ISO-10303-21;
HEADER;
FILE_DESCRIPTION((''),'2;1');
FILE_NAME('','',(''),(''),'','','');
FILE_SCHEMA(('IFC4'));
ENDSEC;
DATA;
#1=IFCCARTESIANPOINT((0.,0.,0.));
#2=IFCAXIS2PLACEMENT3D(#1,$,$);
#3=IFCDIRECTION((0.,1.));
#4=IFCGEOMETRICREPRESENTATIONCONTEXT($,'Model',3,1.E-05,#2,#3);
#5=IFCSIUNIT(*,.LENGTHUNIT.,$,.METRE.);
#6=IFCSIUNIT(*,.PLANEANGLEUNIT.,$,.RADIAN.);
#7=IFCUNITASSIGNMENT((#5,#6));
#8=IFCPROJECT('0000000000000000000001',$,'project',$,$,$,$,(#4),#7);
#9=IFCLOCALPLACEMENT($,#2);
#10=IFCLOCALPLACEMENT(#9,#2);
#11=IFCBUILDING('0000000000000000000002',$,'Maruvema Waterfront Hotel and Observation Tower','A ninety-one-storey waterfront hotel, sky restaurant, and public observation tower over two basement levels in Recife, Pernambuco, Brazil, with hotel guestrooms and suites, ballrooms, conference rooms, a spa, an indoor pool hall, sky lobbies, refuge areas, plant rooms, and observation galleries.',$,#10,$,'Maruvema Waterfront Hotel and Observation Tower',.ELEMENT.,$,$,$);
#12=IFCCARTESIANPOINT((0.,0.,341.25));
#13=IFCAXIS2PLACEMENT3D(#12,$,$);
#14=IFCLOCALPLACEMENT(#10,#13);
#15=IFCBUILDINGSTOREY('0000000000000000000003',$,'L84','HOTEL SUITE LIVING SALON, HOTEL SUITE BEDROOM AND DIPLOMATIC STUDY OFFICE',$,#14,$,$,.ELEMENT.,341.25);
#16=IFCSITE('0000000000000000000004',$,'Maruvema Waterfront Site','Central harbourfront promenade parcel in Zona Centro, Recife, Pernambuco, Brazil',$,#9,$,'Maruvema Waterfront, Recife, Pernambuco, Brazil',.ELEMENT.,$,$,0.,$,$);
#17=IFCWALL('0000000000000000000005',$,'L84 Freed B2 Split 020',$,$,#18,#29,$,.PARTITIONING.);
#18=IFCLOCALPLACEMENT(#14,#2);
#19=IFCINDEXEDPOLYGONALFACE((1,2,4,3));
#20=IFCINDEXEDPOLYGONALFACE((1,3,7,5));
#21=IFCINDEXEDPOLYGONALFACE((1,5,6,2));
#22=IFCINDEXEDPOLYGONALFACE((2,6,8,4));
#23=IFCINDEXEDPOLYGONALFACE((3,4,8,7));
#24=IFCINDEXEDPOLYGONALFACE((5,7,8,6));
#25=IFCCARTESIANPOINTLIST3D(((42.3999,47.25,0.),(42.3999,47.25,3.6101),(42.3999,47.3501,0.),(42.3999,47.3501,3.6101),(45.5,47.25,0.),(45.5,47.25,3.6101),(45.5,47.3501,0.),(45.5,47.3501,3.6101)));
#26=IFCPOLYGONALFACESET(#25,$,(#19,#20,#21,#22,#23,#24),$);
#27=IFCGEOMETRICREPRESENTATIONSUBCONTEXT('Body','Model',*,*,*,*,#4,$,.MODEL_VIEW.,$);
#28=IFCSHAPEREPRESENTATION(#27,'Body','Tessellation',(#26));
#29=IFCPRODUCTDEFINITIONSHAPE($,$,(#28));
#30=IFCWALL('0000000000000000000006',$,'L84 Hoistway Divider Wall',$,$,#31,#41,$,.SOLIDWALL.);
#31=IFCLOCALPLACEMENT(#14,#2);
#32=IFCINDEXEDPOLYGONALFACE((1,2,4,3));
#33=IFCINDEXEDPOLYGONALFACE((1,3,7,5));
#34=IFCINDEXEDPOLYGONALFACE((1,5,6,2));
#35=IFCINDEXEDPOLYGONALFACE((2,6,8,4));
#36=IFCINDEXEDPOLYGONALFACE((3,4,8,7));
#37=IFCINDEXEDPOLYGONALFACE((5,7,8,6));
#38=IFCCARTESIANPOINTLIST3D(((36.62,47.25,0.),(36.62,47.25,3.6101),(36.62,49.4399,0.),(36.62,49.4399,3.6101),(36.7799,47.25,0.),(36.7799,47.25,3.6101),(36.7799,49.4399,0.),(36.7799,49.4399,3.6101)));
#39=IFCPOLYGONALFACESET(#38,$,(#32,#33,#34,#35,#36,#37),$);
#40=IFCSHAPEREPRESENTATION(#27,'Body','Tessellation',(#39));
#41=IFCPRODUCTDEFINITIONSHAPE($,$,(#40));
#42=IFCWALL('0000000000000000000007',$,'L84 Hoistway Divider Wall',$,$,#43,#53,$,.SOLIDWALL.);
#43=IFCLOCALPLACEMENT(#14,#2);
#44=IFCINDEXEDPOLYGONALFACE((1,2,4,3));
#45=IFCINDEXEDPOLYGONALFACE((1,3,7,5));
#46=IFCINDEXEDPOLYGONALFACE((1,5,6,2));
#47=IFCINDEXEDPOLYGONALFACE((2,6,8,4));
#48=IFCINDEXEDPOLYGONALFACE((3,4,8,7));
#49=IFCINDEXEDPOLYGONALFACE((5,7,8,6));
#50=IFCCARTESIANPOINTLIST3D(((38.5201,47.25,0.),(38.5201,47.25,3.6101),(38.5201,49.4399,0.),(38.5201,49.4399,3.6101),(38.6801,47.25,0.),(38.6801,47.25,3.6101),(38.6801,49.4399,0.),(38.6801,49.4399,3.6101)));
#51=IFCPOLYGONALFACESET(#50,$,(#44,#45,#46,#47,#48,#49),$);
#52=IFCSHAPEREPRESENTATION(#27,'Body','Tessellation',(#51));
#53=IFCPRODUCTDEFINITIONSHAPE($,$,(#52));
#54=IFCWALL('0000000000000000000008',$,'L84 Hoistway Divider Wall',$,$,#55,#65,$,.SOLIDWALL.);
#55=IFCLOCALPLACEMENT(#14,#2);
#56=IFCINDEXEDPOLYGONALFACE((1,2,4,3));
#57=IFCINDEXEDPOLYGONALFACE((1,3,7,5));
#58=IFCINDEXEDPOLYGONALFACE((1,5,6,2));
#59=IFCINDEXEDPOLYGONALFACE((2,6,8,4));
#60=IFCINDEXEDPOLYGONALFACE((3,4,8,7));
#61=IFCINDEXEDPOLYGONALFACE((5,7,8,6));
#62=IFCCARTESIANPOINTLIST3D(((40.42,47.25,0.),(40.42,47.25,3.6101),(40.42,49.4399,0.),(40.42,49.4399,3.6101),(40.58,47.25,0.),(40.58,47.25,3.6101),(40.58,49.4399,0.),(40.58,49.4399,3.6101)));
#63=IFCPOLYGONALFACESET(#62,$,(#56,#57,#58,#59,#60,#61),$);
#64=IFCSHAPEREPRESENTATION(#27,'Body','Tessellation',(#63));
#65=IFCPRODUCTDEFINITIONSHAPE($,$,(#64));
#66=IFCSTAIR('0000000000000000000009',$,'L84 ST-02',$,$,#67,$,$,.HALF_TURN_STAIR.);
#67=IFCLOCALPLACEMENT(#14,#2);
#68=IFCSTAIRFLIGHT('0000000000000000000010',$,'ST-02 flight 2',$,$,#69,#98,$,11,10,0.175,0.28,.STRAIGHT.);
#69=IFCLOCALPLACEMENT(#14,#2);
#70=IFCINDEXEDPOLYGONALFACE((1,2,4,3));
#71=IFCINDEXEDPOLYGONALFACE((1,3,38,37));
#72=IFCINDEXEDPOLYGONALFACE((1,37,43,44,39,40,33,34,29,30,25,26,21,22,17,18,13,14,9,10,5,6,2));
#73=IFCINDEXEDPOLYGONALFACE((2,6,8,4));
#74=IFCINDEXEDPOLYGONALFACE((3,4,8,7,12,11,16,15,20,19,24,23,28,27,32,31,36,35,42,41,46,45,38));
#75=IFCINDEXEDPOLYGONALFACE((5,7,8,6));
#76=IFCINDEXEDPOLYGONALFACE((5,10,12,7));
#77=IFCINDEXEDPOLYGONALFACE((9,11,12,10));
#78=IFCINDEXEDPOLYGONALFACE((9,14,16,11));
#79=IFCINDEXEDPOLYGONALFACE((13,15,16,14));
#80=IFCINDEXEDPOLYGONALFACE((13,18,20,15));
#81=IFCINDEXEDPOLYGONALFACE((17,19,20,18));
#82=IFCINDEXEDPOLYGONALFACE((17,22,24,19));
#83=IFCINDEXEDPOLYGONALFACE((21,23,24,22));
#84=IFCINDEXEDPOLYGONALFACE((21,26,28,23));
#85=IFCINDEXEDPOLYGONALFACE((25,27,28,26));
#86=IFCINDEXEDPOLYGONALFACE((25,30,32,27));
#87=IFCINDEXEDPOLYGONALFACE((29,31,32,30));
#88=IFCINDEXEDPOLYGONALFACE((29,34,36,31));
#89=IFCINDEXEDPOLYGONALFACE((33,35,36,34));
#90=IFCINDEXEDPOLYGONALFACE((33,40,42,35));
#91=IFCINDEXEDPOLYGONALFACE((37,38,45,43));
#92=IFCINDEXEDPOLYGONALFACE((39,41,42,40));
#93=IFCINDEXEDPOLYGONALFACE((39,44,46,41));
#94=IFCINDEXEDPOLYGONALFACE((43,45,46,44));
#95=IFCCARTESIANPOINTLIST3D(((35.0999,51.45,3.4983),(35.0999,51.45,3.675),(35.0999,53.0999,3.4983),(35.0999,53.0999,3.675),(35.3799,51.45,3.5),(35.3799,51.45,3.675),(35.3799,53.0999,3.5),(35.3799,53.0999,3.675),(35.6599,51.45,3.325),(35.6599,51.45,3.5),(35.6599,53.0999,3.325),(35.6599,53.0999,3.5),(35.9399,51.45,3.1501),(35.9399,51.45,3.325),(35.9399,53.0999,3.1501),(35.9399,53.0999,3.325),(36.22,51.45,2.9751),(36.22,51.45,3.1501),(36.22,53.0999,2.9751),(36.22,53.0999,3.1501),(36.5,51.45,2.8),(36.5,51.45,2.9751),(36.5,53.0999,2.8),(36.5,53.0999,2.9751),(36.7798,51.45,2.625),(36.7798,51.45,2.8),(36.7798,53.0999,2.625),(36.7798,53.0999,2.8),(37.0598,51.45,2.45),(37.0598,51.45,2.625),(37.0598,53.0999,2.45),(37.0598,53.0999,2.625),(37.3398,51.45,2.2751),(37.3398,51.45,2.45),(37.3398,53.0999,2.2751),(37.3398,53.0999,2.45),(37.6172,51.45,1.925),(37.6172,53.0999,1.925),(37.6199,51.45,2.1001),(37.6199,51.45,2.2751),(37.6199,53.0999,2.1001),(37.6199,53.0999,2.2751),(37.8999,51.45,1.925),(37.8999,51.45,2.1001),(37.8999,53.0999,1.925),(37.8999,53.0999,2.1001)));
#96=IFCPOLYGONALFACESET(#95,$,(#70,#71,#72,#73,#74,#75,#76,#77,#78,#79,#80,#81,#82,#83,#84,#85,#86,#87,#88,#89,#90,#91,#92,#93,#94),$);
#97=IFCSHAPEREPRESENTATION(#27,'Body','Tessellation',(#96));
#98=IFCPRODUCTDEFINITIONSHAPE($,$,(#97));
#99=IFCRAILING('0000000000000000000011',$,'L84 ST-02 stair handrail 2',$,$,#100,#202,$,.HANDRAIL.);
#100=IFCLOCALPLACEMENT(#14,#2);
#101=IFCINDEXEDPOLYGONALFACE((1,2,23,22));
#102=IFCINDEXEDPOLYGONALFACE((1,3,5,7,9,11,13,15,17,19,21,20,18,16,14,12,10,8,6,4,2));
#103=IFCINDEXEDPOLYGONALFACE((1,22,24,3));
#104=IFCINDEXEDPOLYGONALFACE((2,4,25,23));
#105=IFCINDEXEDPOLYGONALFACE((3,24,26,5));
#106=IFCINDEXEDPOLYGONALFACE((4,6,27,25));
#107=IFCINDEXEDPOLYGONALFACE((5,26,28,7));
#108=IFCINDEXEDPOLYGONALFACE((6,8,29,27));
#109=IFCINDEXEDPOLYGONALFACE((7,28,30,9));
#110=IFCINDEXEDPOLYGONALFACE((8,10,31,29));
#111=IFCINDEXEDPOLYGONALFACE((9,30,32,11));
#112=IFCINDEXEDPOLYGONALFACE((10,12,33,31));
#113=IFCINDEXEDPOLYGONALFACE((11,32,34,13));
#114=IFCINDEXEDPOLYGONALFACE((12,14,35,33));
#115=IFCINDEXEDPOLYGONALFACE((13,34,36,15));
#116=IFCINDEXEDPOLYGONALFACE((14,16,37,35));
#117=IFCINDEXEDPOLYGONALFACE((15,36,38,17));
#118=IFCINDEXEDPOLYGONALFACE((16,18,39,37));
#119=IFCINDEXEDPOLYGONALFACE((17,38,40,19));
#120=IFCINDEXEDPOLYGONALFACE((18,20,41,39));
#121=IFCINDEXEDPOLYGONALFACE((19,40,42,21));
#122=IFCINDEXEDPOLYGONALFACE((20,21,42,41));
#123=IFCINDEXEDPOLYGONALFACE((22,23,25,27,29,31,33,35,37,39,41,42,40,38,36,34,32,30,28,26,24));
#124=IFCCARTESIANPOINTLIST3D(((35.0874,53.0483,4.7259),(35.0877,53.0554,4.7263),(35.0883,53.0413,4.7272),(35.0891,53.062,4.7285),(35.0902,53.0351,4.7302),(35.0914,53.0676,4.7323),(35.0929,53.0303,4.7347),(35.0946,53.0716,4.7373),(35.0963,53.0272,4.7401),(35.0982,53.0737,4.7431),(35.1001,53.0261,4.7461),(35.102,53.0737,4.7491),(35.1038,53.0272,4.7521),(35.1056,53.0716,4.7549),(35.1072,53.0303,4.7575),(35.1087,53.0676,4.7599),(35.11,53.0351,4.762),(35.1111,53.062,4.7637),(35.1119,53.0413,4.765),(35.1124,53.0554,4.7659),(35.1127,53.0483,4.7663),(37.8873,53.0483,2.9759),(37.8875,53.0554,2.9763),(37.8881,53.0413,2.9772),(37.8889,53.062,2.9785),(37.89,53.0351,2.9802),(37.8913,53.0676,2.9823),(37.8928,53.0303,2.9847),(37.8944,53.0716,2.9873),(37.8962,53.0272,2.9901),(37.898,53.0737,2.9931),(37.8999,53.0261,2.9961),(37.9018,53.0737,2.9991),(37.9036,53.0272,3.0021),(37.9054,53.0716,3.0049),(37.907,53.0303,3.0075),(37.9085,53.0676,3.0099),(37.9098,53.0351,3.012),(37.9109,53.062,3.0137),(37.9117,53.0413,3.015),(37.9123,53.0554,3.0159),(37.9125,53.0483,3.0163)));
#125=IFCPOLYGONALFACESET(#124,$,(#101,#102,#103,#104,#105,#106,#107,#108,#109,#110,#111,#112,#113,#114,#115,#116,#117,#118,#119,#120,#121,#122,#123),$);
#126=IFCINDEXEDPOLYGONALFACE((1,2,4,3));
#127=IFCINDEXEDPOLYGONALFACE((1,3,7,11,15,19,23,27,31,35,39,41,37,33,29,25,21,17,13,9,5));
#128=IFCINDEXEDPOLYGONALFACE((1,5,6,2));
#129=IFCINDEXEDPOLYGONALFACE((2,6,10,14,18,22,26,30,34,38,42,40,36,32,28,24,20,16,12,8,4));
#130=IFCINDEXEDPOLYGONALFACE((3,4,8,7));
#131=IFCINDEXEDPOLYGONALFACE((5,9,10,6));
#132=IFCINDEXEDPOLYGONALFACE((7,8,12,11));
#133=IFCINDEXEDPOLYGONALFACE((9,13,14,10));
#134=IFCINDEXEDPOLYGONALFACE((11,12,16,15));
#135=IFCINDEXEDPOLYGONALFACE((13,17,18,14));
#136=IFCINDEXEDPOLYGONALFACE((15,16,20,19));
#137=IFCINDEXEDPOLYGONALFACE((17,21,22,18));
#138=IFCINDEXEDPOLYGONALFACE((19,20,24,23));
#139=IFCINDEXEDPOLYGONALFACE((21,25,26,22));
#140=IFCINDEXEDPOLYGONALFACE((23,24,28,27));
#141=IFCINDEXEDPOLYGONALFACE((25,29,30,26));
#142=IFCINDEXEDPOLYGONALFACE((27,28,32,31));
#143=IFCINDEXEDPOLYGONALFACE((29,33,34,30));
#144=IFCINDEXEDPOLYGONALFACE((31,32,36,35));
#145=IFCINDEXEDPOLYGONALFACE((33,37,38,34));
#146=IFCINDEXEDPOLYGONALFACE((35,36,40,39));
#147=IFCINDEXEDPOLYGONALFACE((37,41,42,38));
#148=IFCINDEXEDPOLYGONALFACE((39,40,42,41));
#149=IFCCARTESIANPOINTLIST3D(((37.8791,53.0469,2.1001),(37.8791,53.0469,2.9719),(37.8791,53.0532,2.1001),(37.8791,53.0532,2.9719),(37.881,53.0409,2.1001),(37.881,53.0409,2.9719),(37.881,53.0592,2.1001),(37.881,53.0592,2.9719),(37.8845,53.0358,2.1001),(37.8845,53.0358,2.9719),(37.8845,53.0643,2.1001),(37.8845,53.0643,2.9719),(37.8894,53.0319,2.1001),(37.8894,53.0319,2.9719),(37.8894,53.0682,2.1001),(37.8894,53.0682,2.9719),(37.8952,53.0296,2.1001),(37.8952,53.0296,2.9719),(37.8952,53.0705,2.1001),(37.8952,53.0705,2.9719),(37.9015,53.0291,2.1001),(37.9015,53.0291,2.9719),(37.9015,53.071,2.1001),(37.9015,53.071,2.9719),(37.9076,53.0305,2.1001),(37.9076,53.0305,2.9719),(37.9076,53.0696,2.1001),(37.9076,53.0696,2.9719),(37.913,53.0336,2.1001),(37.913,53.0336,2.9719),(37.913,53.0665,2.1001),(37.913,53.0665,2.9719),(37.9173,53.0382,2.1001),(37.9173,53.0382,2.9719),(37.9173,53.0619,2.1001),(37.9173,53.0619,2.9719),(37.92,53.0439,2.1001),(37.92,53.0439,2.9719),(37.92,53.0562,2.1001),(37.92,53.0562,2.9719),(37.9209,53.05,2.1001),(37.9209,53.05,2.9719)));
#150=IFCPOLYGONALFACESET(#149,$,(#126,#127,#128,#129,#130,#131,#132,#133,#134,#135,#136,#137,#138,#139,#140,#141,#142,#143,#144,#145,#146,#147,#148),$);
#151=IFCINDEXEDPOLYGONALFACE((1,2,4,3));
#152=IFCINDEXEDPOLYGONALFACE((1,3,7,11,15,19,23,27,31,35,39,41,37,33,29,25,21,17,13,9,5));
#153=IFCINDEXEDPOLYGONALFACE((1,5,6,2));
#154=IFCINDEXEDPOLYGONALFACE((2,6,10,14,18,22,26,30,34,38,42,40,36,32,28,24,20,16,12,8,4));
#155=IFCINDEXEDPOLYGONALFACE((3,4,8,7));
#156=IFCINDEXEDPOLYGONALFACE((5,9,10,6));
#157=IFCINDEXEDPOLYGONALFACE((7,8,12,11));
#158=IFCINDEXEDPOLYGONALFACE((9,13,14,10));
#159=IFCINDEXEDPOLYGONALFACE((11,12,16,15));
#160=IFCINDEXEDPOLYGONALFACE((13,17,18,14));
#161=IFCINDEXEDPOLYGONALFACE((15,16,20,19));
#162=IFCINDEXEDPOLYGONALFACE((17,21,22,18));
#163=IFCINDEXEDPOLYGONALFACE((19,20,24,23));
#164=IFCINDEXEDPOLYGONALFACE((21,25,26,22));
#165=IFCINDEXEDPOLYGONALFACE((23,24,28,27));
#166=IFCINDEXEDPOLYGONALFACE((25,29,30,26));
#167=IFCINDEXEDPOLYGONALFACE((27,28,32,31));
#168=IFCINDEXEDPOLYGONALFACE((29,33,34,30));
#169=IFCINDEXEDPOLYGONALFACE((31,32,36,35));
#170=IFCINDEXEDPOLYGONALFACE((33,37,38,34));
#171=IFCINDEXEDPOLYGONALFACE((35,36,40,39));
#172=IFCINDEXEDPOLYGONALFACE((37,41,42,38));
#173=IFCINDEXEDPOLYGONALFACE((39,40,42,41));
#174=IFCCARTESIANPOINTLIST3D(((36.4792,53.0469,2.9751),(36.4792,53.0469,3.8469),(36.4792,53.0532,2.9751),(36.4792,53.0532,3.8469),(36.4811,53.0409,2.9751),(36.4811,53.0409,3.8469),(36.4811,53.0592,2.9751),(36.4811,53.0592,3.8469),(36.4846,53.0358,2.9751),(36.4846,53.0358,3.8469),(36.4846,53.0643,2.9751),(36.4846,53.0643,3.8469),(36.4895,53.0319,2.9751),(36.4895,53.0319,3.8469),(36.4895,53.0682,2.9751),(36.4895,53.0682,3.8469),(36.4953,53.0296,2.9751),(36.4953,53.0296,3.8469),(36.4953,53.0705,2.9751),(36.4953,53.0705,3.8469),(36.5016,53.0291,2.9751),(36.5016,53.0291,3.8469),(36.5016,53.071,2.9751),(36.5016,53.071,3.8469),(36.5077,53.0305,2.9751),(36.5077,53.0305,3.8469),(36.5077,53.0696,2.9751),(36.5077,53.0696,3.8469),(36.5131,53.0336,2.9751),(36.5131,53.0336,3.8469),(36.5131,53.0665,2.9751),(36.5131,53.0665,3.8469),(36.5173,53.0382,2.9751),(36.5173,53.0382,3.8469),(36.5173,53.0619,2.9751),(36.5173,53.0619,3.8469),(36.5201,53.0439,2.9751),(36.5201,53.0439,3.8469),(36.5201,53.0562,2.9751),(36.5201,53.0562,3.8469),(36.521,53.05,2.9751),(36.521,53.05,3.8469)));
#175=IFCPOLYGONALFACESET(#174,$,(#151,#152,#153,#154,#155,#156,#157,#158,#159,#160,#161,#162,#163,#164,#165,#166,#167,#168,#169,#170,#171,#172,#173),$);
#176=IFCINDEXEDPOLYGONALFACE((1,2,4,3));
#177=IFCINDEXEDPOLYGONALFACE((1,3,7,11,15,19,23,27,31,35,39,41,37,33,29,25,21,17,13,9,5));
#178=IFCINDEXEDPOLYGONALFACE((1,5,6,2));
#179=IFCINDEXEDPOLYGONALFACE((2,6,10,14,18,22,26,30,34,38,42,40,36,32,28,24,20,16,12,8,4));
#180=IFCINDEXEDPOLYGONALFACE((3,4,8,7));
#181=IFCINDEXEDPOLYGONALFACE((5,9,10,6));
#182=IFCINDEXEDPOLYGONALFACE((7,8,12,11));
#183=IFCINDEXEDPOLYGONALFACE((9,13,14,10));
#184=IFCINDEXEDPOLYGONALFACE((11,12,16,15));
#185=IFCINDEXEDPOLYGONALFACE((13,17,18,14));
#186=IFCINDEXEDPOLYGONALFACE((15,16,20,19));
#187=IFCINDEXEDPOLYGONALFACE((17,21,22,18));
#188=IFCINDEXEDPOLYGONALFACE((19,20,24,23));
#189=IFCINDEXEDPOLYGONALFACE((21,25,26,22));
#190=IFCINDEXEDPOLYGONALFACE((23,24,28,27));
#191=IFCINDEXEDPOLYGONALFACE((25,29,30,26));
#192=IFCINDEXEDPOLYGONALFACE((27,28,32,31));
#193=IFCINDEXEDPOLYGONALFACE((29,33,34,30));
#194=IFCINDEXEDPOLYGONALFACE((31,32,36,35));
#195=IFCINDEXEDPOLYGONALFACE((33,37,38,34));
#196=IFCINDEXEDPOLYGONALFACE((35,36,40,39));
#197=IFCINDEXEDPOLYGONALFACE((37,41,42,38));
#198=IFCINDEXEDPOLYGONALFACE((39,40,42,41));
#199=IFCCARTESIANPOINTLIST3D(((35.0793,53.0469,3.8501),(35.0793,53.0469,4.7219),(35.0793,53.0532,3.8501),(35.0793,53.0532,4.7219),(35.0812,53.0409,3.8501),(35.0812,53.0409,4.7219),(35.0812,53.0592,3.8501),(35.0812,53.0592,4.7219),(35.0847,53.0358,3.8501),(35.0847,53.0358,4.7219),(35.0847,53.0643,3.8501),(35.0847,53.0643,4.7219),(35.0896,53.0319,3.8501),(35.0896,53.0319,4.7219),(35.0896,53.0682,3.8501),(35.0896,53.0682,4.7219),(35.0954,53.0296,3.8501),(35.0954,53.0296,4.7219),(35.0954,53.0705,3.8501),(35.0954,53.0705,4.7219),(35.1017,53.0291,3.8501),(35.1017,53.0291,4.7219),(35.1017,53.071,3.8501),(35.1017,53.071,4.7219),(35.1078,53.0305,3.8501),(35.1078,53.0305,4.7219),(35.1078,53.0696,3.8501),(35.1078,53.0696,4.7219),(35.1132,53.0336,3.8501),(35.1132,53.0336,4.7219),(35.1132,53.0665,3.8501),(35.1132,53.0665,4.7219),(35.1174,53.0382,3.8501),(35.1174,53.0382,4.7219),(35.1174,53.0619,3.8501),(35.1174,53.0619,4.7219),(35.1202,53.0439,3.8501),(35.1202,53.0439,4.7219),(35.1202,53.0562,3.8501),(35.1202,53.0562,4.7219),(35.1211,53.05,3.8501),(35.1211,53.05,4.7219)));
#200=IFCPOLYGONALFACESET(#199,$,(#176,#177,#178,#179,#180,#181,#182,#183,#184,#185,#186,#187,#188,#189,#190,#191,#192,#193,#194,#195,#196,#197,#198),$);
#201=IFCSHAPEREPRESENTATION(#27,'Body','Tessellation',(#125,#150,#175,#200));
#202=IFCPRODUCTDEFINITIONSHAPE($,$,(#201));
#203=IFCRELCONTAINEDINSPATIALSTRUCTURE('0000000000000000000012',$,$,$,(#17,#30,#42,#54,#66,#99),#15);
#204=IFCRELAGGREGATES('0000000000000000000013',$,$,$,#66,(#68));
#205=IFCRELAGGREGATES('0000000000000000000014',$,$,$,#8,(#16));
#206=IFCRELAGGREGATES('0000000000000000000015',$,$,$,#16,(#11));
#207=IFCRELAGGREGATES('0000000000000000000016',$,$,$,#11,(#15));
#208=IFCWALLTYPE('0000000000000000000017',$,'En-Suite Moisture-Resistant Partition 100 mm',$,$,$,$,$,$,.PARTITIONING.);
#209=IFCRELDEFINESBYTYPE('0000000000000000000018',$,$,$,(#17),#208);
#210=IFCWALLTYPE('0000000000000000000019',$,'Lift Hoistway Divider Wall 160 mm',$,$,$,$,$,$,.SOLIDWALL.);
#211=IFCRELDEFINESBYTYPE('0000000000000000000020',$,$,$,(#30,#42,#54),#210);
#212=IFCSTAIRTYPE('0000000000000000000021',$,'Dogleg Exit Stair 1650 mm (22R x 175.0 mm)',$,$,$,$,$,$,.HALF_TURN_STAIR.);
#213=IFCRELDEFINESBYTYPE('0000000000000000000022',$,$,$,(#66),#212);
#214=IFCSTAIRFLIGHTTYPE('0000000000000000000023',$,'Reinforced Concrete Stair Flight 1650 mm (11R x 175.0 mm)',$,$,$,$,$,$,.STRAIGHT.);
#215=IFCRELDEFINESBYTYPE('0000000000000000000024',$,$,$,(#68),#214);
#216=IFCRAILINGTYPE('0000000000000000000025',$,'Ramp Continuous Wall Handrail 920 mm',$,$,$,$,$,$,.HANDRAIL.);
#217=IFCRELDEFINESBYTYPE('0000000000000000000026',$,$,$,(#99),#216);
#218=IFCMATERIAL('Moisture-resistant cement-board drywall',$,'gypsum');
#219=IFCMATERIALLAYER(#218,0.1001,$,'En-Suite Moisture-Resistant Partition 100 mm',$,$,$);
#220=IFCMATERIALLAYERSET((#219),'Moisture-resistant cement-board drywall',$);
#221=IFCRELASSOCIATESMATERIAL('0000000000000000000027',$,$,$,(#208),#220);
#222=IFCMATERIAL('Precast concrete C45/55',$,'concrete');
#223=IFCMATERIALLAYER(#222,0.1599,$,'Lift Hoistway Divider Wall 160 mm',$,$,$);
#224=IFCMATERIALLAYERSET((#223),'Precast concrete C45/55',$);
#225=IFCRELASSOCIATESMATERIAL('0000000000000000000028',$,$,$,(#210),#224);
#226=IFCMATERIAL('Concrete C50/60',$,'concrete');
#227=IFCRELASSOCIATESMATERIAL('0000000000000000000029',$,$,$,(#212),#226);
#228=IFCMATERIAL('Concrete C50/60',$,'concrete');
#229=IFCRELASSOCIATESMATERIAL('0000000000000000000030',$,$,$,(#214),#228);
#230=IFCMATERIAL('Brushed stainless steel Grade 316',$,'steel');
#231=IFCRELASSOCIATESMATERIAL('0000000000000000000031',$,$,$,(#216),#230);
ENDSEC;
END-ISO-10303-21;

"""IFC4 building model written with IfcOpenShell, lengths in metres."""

from ifc_helpers import new_model, si_unit, direction, frame, frame_2d, origin, origin_2d, place, context, subcontext, project, spatial, polyline, rectangle, circle, outline, extrude, material, layer, layer_set, type_object, element, aggregate, save


model = new_model("IFC4")

# Units and contexts
model_context = context("Model", 3, precision=1e-05, world=origin(), true_north=direction((0.0, 1.0)))
body_context = subcontext(model_context, "Body", "Model", "MODEL_VIEW")
ifc_project = project(units=[si_unit("LENGTHUNIT", "METRE"), si_unit("PLANEANGLEUNIT", "RADIAN")], contexts=[model_context])

# Site, building, storey
site_placement = place(None, origin())
site = spatial("IfcSite", under=ifc_project, at=site_placement, Name="Maruvema Waterfront Site", Description="Central harbourfront promenade parcel in Zona Centro, Recife, Pernambuco, Brazil", LongName="Maruvema Waterfront, Recife, Pernambuco, Brazil", CompositionType="ELEMENT", RefElevation=0.0)
building_placement = place(site_placement, origin())
building = spatial("IfcBuilding", under=site, at=building_placement, Name="Maruvema Waterfront Hotel and Observation Tower", Description="A ninety-one-storey waterfront hotel, sky restaurant, and public observation tower over two basement levels in Recife, Pernambuco, Brazil, with hotel guestrooms and suites, ballrooms, conference rooms, a spa, an indoor pool hall, sky lobbies, refuge areas, plant rooms, and observation galleries.", LongName="Maruvema Waterfront Hotel and Observation Tower", CompositionType="ELEMENT")
storey_placement = place(building_placement, frame((0.0, 0.0, 341.25)))
storey = spatial("IfcBuildingStorey", under=building, at=storey_placement, Name="L84", Description="HOTEL SUITE LIVING SALON, HOTEL SUITE BEDROOM AND DIPLOMATIC STUDY OFFICE", CompositionType="ELEMENT", Elevation=341.25)

# Shared definitions
ifc_material_1 = material(Name="Moisture-resistant cement-board drywall", Category="gypsum")
ifc_layer_1 = layer(ifc_material_1, 0.1001, Name="En-Suite Moisture-Resistant Partition 100 mm")
ifc_layer_set_1 = layer_set([ifc_layer_1], Name="Moisture-resistant cement-board drywall")
wall_type_1 = type_object("IfcWallType", Name="En-Suite Moisture-Resistant Partition 100 mm", PredefinedType="PARTITIONING", material=ifc_layer_set_1)

# Walls
wall_1_placement = place(storey_placement, frame((42.3999, 47.3, 0.0), z_axis=(0.0, 0.0, 1.0), x_axis=(1.0, 0.0, 0.0)))
element("IfcWall", 1, at=wall_1_placement, inside=storey, type_object=wall_type_1, Name="L84 Freed B2 Split 020", PredefinedType="PARTITIONING", context=body_context, shape_type="SweptSolid", body=[
    extrude(rectangle(XDim=3.1001, YDim=0.1001, at=frame_2d((1.55, 0.0))), origin(), (0.0, 0.0, 1.0), 3.6101),
])
ifc_material_2 = material(Name="Precast concrete C45/55", Category="concrete")
ifc_layer_2 = layer(ifc_material_2, 0.1599, Name="Lift Hoistway Divider Wall 160 mm")
ifc_layer_set_2 = layer_set([ifc_layer_2], Name="Precast concrete C45/55")
wall_type_2 = type_object("IfcWallType", Name="Lift Hoistway Divider Wall 160 mm", PredefinedType="SOLIDWALL", material=ifc_layer_set_2)
for number, where, z_axis, x_axis, name in (
    (2, (36.7, 47.25, 0.0), (0.0, 0.0, 1.0), (0.0, 1.0, 0.0), "L84 Hoistway Divider Wall"),
    (3, (38.6001, 47.25, 0.0), (0.0, 0.0, 1.0), (0.0, 1.0, 0.0), "L84 Hoistway Divider Wall"),
    (4, (40.5, 47.25, 0.0), (0.0, 0.0, 1.0), (0.0, 1.0, 0.0), "L84 Hoistway Divider Wall"),
):
    element("IfcWall", number, at=place(storey_placement, frame(where, z_axis=z_axis, x_axis=x_axis)), inside=storey, type_object=wall_type_2, Name=name, PredefinedType="SOLIDWALL", context=body_context, shape_type="SweptSolid", body=[
        extrude(rectangle(XDim=2.1899, YDim=0.1599, at=frame_2d((1.095, 0.0))), origin(), (0.0, 0.0, 1.0), 3.6101),
    ])

# Stair, stair flight
ifc_material_3 = material(Name="Concrete C50/60", Category="concrete")
stair_type = type_object("IfcStairType", Name="Dogleg Exit Stair 1650 mm (22R x 175.0 mm)", PredefinedType="HALF_TURN_STAIR", material=ifc_material_3)
stair_placement = place(storey_placement, origin())
stair = element("IfcStair", 5, at=stair_placement, inside=storey, type_object=stair_type, Name="L84 ST-02", PredefinedType="HALF_TURN_STAIR")
ifc_material_4 = material(Name="Concrete C50/60", Category="concrete")
stair_flight_type = type_object("IfcStairFlightType", Name="Reinforced Concrete Stair Flight 1650 mm (11R x 175.0 mm)", PredefinedType="STRAIGHT", material=ifc_material_4)
stair_flight_placement = place(storey_placement, frame((37.8999, 52.2749, 1.925), z_axis=(0.0, 0.0, 1.0), x_axis=(-1.0, 0.0, 0.0)))
stair_flight = element("IfcStairFlight", 6, at=stair_flight_placement, type_object=stair_flight_type, Name="ST-02 flight 2", NumberOfRisers=11, NumberOfTreads=10, PredefinedType="STRAIGHT", RiserHeight=0.175, TreadLength=0.28, context=body_context, shape_type="SweptSolid", body=[
    extrude(outline(polyline([(0.0, 0.0), (0.0, 0.175), (0.28, 0.175), (0.28, 0.3501), (0.5601, 0.3501), (0.5601, 0.5249), (0.8401, 0.5249), (0.8401, 0.7), (1.1201, 0.7), (1.1201, 0.875), (1.3999, 0.875), (1.3999, 1.05), (1.6799, 1.05), (1.6799, 1.2251), (1.96, 1.2251), (1.96, 1.3999), (2.24, 1.3999), (2.24, 1.575), (2.52, 1.575), (2.52, 1.75), (2.8, 1.75), (2.8, 1.925), (2.8, 1.5732), (0.2827, 0.0), (0.0, 0.0)])), frame((0.0, 0.825, 0.0), z_axis=(0.0, -1.0, 0.0), x_axis=(1.0, 0.0, 0.0)), (0.0, 0.0, 1.0), 1.6499),
])
aggregate(stair, [stair_flight])

# Railing
ifc_material_5 = material(Name="Brushed stainless steel Grade 316", Category="steel")
railing_type_1 = type_object("IfcRailingType", Name="Ramp Continuous Wall Handrail 920 mm", PredefinedType="HANDRAIL", material=ifc_material_5)
railing_1_placement = place(storey_placement, frame((37.8999, 53.05, 2.1001)))
element("IfcRailing", 7, at=railing_1_placement, inside=storey, type_object=railing_type_1, Name="L84 ST-02 stair handrail 2", PredefinedType="HANDRAIL", context=body_context, shape_type="SweptSolid", body=[
    extrude(circle(Radius=0.0239, at=origin_2d()), frame((0.0, 0.0, 0.896), z_axis=(-0.847982, 0.0, 0.530026), x_axis=(0.0, -1.0, 0.0)), (0.0, 0.0, 1.0), 3.3018),
    extrude(circle(Radius=0.021, at=origin_2d()), origin(), (0.0, 0.0, 1.0), 0.8718),
    extrude(circle(Radius=0.021, at=origin_2d()), frame((-1.3999, 0.0, 0.875)), (0.0, 0.0, 1.0), 0.8718),
    extrude(circle(Radius=0.021, at=origin_2d()), frame((-2.7998, 0.0, 1.75)), (0.0, 0.0, 1.0), 0.8718),
])

save(model, "model.ifc")
